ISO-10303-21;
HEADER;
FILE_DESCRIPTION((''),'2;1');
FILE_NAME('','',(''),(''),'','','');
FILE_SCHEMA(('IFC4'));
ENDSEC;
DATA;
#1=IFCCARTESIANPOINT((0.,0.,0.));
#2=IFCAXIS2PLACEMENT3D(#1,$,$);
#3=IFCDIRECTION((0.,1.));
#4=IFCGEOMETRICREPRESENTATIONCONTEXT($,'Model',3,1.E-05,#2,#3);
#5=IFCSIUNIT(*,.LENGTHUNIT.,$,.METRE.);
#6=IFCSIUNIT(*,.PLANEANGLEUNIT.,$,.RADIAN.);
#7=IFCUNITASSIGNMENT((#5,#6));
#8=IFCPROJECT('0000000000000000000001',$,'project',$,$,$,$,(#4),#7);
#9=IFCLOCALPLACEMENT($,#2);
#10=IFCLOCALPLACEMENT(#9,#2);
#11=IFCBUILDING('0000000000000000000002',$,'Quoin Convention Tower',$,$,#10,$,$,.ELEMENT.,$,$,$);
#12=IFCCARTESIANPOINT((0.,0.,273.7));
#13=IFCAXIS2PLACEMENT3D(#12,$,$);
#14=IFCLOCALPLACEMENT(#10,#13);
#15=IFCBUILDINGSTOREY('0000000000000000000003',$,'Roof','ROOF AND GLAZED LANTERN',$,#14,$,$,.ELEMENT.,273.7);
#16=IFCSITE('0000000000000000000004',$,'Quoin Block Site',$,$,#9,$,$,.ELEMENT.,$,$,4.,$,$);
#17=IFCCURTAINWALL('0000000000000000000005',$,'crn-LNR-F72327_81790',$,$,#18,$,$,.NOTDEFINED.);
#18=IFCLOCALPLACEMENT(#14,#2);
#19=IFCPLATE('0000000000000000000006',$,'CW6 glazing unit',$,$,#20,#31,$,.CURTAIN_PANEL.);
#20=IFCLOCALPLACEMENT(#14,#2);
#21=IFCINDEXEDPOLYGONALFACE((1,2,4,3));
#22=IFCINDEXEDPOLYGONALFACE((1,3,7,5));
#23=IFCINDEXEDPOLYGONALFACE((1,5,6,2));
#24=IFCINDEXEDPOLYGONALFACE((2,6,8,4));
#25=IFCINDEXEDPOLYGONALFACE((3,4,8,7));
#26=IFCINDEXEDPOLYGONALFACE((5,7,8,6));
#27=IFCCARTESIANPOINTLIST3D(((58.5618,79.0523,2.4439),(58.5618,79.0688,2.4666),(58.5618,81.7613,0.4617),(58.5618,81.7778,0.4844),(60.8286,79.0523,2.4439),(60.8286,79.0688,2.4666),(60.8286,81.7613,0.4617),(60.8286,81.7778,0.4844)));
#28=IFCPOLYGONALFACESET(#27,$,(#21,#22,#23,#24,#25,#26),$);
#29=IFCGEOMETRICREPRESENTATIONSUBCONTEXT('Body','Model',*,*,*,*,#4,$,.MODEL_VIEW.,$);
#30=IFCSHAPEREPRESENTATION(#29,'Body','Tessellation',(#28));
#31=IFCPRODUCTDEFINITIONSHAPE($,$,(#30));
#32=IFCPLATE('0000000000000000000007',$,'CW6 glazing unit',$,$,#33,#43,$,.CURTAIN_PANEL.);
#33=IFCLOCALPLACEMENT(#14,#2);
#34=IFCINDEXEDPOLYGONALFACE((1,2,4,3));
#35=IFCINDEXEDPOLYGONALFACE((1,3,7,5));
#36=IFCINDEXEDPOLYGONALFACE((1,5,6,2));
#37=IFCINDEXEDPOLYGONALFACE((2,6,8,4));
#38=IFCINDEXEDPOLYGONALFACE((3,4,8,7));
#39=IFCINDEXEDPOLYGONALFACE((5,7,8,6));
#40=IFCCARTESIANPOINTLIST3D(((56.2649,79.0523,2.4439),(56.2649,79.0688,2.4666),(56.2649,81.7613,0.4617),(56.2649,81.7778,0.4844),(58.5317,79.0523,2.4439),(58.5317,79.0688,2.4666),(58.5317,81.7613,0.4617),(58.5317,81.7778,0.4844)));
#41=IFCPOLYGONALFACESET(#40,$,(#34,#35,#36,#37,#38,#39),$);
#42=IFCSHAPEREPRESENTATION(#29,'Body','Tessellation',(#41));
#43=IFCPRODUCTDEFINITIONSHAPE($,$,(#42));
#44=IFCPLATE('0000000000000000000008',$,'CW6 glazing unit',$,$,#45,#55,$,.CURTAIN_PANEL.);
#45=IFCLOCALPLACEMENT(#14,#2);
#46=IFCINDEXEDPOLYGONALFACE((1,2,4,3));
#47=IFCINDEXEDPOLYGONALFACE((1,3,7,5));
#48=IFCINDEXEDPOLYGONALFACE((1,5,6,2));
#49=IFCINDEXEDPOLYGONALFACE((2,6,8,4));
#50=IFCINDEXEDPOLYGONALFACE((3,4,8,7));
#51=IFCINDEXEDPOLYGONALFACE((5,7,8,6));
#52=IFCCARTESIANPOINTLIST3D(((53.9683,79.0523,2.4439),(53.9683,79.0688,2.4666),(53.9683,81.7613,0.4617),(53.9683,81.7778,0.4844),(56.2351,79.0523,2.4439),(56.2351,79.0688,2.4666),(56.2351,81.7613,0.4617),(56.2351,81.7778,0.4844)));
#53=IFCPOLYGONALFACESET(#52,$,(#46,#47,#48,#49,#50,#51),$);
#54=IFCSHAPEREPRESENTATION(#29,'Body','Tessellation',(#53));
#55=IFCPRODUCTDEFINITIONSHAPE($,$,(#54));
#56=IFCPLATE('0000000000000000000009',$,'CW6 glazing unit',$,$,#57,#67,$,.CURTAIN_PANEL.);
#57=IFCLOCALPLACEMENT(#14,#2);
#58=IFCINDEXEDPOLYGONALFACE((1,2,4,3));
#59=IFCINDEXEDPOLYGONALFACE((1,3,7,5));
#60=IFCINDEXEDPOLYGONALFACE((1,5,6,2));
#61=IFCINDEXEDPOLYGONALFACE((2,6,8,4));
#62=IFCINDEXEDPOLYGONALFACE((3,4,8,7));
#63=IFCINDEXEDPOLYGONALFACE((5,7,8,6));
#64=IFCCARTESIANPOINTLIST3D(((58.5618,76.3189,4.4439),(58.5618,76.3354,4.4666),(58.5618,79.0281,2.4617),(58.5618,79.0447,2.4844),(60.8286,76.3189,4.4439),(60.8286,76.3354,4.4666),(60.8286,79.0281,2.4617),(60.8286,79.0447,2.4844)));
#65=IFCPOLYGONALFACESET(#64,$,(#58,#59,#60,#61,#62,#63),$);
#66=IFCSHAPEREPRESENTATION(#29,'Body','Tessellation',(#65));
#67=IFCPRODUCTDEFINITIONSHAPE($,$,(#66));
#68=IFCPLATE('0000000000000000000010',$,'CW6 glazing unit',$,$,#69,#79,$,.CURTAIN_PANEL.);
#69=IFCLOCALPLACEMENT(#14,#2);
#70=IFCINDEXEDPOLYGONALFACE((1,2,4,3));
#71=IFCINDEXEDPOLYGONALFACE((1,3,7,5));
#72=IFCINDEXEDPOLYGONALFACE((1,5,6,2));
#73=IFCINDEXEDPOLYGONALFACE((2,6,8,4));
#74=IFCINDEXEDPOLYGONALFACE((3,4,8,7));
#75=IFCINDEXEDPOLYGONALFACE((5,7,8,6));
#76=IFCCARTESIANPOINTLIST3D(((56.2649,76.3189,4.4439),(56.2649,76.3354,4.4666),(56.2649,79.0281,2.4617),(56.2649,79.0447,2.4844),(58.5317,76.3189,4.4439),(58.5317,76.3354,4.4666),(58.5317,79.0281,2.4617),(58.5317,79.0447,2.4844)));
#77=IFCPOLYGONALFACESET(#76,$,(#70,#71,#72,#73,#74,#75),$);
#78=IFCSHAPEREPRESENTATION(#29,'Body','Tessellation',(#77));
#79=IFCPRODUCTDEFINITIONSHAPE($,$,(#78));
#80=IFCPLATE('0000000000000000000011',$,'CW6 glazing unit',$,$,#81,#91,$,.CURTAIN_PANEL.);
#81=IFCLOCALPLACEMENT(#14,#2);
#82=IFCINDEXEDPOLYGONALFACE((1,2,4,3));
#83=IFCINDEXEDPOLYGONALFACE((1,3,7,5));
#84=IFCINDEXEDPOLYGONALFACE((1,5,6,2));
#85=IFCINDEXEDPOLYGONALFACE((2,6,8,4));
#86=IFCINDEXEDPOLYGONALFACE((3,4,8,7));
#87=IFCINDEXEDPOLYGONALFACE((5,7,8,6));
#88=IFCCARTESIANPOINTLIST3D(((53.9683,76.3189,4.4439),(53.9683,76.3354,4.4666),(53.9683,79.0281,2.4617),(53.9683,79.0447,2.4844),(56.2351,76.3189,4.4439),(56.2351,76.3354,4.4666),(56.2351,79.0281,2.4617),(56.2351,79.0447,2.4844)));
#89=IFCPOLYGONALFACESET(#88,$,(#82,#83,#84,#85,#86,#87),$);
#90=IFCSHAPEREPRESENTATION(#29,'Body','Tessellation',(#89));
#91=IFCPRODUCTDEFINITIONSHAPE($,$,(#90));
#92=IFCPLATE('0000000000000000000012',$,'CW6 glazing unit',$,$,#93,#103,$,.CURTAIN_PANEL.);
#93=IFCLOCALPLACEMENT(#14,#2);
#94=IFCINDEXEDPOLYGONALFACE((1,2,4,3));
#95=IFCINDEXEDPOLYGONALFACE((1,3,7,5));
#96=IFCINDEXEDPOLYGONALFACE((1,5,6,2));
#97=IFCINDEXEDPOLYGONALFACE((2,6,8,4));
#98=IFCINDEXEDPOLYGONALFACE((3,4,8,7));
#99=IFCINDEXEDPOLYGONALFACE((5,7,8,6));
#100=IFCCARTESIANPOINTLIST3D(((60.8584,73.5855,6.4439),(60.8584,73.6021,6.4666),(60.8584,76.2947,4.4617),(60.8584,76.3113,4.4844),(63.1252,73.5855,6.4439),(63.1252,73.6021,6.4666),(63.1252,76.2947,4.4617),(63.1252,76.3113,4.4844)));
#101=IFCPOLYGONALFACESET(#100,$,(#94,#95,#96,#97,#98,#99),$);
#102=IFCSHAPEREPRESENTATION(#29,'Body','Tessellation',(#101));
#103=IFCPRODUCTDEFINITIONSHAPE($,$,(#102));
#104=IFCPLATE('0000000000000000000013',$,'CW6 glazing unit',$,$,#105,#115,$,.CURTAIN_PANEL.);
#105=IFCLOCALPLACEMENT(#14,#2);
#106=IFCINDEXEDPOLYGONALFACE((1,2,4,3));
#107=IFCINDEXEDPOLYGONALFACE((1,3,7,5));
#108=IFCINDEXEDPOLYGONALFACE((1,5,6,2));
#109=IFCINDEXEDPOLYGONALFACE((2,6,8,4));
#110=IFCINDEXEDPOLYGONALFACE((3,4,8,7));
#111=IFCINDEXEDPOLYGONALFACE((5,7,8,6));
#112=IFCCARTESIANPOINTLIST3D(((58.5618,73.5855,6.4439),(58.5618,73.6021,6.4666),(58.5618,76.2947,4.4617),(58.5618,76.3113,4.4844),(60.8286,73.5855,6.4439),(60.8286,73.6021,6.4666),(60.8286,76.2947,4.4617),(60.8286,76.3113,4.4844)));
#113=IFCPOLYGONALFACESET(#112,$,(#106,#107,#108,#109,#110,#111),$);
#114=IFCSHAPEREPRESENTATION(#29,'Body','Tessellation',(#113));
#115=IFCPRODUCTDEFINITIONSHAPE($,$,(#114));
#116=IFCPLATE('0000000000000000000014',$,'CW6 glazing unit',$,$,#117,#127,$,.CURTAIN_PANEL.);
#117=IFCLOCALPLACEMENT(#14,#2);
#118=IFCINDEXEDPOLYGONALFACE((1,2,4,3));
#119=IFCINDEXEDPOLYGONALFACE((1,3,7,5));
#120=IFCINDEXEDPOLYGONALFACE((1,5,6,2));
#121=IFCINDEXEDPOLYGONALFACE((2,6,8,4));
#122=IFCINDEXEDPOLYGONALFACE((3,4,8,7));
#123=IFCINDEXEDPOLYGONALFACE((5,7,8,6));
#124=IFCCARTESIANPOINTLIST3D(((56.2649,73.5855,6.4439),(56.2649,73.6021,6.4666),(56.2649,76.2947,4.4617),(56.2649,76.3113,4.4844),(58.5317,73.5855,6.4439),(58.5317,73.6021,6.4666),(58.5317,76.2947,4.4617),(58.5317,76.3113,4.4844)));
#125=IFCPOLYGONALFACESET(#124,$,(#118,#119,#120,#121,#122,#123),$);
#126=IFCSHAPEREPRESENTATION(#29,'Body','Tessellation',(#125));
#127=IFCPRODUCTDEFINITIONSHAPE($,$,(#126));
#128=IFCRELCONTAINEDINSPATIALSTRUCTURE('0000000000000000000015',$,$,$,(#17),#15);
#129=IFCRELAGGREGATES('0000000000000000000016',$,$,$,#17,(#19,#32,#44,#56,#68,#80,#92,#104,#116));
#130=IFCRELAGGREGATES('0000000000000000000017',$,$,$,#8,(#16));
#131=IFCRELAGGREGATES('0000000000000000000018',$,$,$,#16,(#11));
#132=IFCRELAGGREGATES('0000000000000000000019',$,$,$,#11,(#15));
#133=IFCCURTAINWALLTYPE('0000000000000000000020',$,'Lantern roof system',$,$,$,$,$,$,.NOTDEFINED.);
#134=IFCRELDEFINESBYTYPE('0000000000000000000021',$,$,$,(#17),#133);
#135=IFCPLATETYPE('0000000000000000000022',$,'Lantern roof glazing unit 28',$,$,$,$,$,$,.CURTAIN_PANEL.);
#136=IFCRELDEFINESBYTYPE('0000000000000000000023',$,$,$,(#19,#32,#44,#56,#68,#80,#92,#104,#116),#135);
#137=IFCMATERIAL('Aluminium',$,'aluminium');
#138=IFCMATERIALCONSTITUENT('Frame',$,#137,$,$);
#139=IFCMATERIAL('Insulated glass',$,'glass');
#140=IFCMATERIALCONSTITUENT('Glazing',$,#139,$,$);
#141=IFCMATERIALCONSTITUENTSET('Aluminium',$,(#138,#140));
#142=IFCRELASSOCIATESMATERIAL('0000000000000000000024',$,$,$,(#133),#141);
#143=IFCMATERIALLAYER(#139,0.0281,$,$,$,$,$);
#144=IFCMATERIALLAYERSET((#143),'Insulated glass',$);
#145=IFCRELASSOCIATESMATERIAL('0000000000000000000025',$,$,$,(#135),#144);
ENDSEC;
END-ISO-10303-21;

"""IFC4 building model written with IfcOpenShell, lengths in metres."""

from ifc_helpers import new_model, si_unit, direction, frame, origin, place, context, subcontext, project, spatial, polyline, outline, extrude, material, layer, layer_set, constituent, constituent_set, type_object, element, aggregate, save


model = new_model("IFC4")

# Units and contexts
model_context = context("Model", 3, precision=1e-05, world=origin(), true_north=direction((0.0, 1.0)))
body_context = subcontext(model_context, "Body", "Model", "MODEL_VIEW")
ifc_project = project(units=[si_unit("LENGTHUNIT", "METRE"), si_unit("PLANEANGLEUNIT", "RADIAN")], contexts=[model_context])

# Site, building, storey
site_placement = place(None, origin())
site = spatial("IfcSite", under=ifc_project, at=site_placement, Name="Quoin Block Site", CompositionType="ELEMENT", RefElevation=4.0)
building_placement = place(site_placement, origin())
building = spatial("IfcBuilding", under=site, at=building_placement, Name="Quoin Convention Tower", CompositionType="ELEMENT")
storey_placement = place(building_placement, frame((0.0, 0.0, 273.7)))
storey = spatial("IfcBuildingStorey", under=building, at=storey_placement, Name="Roof", Description="ROOF AND GLAZED LANTERN", CompositionType="ELEMENT", Elevation=273.7)

# Curtain wall, plates
ifc_material_1 = material(Name="Aluminium", Category="aluminium")
ifc_constituent_1 = constituent(ifc_material_1, Name="Frame")
ifc_material_2 = material(Name="Insulated glass", Category="glass")
ifc_constituent_2 = constituent(ifc_material_2, Name="Glazing")
ifc_constituent_set = constituent_set(constituents=[ifc_constituent_1, ifc_constituent_2], Name="Aluminium")
curtain_wall_type = type_object("IfcCurtainWallType", Name="Lantern roof system", PredefinedType="NOTDEFINED", material=ifc_constituent_set)
curtain_wall_placement = place(storey_placement, origin())
curtain_wall = element("IfcCurtainWall", 1, at=curtain_wall_placement, inside=storey, type_object=curtain_wall_type, Name="crn-LNR-F72327_81790", PredefinedType="NOTDEFINED")
ifc_layer = layer(ifc_material_2, 0.0281)
ifc_layer_set = layer_set([ifc_layer], Name="Insulated glass")
plate_type = type_object("IfcPlateType", Name="Lantern roof glazing unit 28", PredefinedType="CURTAIN_PANEL", material=ifc_layer_set)
plate_1_placement = place(storey_placement, frame((60.8286, 79.0688, 2.4666), z_axis=(0.0, 0.590509, 0.807031), x_axis=(-1.0, 0.0, 0.0)))
plate_1 = element("IfcPlate", 2, at=plate_1_placement, type_object=plate_type, Name="CW6 glazing unit", PredefinedType="CURTAIN_PANEL", context=body_context, shape_type="SweptSolid", body=[
    extrude(outline(polyline([(0.0, 0.0), (2.2668, 0.0), (2.2668, -3.3567), (0.0, -3.3567), (0.0, 0.0)])), origin(), (0.0, 0.0, -1.0), 0.0281),
])
plate_2_placement = place(storey_placement, frame((58.5317, 79.0688, 2.4666), z_axis=(0.0, 0.590509, 0.807031), x_axis=(-1.0, 0.0, 0.0)))
plate_2 = element("IfcPlate", 3, at=plate_2_placement, type_object=plate_type, Name="CW6 glazing unit", PredefinedType="CURTAIN_PANEL", context=body_context, shape_type="SweptSolid", body=[
    extrude(outline(polyline([(0.0, 0.0), (2.2668, 0.0), (2.2668, -3.3567), (0.0, -3.3567), (0.0, 0.0)])), origin(), (0.0, 0.0, -1.0), 0.0281),
])
plate_3_placement = place(storey_placement, frame((56.2351, 79.0688, 2.4666), z_axis=(0.0, 0.590509, 0.807031), x_axis=(-1.0, 0.0, 0.0)))
plate_3 = element("IfcPlate", 4, at=plate_3_placement, type_object=plate_type, Name="CW6 glazing unit", PredefinedType="CURTAIN_PANEL", context=body_context, shape_type="SweptSolid", body=[
    extrude(outline(polyline([(0.0, 0.0), (2.2668, 0.0), (2.2668, -3.3567), (0.0, -3.3567), (0.0, 0.0)])), origin(), (0.0, 0.0, -1.0), 0.0281),
])
plate_4_placement = place(storey_placement, frame((60.8286, 79.0447, 2.4844), z_axis=(0.0, 0.590474, 0.807057), x_axis=(0.0, -0.807057, 0.590474)))
plate_4 = element("IfcPlate", 5, at=plate_4_placement, type_object=plate_type, Name="CW6 glazing unit", PredefinedType="CURTAIN_PANEL", context=body_context, shape_type="SweptSolid", body=[
    extrude(outline(polyline([(0.0, 0.0), (3.3569, 0.0), (3.3569, -2.2668), (0.0, -2.2668), (0.0, 0.0)])), origin(), (0.0, 0.0, -1.0), 0.0281),
])
plate_5_placement = place(storey_placement, frame((58.5317, 79.0447, 2.4844), z_axis=(0.0, 0.590474, 0.807057), x_axis=(0.0, -0.807057, 0.590474)))
plate_5 = element("IfcPlate", 6, at=plate_5_placement, type_object=plate_type, Name="CW6 glazing unit", PredefinedType="CURTAIN_PANEL", context=body_context, shape_type="SweptSolid", body=[
    extrude(outline(polyline([(0.0, 0.0), (3.3569, 0.0), (3.3569, -2.2668), (0.0, -2.2668), (0.0, 0.0)])), origin(), (0.0, 0.0, -1.0), 0.0281),
])
plate_6_placement = place(storey_placement, frame((56.2351, 79.0447, 2.4844), z_axis=(0.0, 0.590474, 0.807057), x_axis=(0.0, -0.807057, 0.590474)))
plate_6 = element("IfcPlate", 7, at=plate_6_placement, type_object=plate_type, Name="CW6 glazing unit", PredefinedType="CURTAIN_PANEL", context=body_context, shape_type="SweptSolid", body=[
    extrude(outline(polyline([(0.0, 0.0), (3.3569, 0.0), (3.3569, -2.2668), (0.0, -2.2668), (0.0, 0.0)])), origin(), (0.0, 0.0, -1.0), 0.0281),
])
plate_7_placement = place(storey_placement, frame((60.8584, 76.3113, 4.4844), z_axis=(0.0, 0.590474, 0.807057), x_axis=(1.0, 0.0, 0.0)))
plate_7 = element("IfcPlate", 8, at=plate_7_placement, type_object=plate_type, Name="CW6 glazing unit", PredefinedType="CURTAIN_PANEL", context=body_context, shape_type="SweptSolid", body=[
    extrude(outline(polyline([(0.0, 0.0), (2.2668, 0.0), (2.2668, -3.3569), (0.0, -3.3569), (0.0, 0.0)])), origin(), (0.0, 0.0, -1.0), 0.0281),
])
plate_8_placement = place(storey_placement, frame((58.5618, 76.3113, 4.4844), z_axis=(0.0, 0.590474, 0.807057), x_axis=(1.0, 0.0, 0.0)))
plate_8 = element("IfcPlate", 9, at=plate_8_placement, type_object=plate_type, Name="CW6 glazing unit", PredefinedType="CURTAIN_PANEL", context=body_context, shape_type="SweptSolid", body=[
    extrude(outline(polyline([(0.0, 0.0), (2.2668, 0.0), (2.2668, -3.3569), (0.0, -3.3569), (0.0, 0.0)])), origin(), (0.0, 0.0, -1.0), 0.0281),
])
plate_9_placement = place(storey_placement, frame((56.2649, 76.3113, 4.4844), z_axis=(0.0, 0.590474, 0.807057), x_axis=(1.0, 0.0, 0.0)))
plate_9 = element("IfcPlate", 10, at=plate_9_placement, type_object=plate_type, Name="CW6 glazing unit", PredefinedType="CURTAIN_PANEL", context=body_context, shape_type="SweptSolid", body=[
    extrude(outline(polyline([(0.0, 0.0), (2.2668, 0.0), (2.2668, -3.3569), (0.0, -3.3569), (0.0, 0.0)])), origin(), (0.0, 0.0, -1.0), 0.0281),
])
aggregate(curtain_wall, [plate_1, plate_2, plate_3, plate_4, plate_5, plate_6, plate_7, plate_8, plate_9])

save(model, "model.ifc")
